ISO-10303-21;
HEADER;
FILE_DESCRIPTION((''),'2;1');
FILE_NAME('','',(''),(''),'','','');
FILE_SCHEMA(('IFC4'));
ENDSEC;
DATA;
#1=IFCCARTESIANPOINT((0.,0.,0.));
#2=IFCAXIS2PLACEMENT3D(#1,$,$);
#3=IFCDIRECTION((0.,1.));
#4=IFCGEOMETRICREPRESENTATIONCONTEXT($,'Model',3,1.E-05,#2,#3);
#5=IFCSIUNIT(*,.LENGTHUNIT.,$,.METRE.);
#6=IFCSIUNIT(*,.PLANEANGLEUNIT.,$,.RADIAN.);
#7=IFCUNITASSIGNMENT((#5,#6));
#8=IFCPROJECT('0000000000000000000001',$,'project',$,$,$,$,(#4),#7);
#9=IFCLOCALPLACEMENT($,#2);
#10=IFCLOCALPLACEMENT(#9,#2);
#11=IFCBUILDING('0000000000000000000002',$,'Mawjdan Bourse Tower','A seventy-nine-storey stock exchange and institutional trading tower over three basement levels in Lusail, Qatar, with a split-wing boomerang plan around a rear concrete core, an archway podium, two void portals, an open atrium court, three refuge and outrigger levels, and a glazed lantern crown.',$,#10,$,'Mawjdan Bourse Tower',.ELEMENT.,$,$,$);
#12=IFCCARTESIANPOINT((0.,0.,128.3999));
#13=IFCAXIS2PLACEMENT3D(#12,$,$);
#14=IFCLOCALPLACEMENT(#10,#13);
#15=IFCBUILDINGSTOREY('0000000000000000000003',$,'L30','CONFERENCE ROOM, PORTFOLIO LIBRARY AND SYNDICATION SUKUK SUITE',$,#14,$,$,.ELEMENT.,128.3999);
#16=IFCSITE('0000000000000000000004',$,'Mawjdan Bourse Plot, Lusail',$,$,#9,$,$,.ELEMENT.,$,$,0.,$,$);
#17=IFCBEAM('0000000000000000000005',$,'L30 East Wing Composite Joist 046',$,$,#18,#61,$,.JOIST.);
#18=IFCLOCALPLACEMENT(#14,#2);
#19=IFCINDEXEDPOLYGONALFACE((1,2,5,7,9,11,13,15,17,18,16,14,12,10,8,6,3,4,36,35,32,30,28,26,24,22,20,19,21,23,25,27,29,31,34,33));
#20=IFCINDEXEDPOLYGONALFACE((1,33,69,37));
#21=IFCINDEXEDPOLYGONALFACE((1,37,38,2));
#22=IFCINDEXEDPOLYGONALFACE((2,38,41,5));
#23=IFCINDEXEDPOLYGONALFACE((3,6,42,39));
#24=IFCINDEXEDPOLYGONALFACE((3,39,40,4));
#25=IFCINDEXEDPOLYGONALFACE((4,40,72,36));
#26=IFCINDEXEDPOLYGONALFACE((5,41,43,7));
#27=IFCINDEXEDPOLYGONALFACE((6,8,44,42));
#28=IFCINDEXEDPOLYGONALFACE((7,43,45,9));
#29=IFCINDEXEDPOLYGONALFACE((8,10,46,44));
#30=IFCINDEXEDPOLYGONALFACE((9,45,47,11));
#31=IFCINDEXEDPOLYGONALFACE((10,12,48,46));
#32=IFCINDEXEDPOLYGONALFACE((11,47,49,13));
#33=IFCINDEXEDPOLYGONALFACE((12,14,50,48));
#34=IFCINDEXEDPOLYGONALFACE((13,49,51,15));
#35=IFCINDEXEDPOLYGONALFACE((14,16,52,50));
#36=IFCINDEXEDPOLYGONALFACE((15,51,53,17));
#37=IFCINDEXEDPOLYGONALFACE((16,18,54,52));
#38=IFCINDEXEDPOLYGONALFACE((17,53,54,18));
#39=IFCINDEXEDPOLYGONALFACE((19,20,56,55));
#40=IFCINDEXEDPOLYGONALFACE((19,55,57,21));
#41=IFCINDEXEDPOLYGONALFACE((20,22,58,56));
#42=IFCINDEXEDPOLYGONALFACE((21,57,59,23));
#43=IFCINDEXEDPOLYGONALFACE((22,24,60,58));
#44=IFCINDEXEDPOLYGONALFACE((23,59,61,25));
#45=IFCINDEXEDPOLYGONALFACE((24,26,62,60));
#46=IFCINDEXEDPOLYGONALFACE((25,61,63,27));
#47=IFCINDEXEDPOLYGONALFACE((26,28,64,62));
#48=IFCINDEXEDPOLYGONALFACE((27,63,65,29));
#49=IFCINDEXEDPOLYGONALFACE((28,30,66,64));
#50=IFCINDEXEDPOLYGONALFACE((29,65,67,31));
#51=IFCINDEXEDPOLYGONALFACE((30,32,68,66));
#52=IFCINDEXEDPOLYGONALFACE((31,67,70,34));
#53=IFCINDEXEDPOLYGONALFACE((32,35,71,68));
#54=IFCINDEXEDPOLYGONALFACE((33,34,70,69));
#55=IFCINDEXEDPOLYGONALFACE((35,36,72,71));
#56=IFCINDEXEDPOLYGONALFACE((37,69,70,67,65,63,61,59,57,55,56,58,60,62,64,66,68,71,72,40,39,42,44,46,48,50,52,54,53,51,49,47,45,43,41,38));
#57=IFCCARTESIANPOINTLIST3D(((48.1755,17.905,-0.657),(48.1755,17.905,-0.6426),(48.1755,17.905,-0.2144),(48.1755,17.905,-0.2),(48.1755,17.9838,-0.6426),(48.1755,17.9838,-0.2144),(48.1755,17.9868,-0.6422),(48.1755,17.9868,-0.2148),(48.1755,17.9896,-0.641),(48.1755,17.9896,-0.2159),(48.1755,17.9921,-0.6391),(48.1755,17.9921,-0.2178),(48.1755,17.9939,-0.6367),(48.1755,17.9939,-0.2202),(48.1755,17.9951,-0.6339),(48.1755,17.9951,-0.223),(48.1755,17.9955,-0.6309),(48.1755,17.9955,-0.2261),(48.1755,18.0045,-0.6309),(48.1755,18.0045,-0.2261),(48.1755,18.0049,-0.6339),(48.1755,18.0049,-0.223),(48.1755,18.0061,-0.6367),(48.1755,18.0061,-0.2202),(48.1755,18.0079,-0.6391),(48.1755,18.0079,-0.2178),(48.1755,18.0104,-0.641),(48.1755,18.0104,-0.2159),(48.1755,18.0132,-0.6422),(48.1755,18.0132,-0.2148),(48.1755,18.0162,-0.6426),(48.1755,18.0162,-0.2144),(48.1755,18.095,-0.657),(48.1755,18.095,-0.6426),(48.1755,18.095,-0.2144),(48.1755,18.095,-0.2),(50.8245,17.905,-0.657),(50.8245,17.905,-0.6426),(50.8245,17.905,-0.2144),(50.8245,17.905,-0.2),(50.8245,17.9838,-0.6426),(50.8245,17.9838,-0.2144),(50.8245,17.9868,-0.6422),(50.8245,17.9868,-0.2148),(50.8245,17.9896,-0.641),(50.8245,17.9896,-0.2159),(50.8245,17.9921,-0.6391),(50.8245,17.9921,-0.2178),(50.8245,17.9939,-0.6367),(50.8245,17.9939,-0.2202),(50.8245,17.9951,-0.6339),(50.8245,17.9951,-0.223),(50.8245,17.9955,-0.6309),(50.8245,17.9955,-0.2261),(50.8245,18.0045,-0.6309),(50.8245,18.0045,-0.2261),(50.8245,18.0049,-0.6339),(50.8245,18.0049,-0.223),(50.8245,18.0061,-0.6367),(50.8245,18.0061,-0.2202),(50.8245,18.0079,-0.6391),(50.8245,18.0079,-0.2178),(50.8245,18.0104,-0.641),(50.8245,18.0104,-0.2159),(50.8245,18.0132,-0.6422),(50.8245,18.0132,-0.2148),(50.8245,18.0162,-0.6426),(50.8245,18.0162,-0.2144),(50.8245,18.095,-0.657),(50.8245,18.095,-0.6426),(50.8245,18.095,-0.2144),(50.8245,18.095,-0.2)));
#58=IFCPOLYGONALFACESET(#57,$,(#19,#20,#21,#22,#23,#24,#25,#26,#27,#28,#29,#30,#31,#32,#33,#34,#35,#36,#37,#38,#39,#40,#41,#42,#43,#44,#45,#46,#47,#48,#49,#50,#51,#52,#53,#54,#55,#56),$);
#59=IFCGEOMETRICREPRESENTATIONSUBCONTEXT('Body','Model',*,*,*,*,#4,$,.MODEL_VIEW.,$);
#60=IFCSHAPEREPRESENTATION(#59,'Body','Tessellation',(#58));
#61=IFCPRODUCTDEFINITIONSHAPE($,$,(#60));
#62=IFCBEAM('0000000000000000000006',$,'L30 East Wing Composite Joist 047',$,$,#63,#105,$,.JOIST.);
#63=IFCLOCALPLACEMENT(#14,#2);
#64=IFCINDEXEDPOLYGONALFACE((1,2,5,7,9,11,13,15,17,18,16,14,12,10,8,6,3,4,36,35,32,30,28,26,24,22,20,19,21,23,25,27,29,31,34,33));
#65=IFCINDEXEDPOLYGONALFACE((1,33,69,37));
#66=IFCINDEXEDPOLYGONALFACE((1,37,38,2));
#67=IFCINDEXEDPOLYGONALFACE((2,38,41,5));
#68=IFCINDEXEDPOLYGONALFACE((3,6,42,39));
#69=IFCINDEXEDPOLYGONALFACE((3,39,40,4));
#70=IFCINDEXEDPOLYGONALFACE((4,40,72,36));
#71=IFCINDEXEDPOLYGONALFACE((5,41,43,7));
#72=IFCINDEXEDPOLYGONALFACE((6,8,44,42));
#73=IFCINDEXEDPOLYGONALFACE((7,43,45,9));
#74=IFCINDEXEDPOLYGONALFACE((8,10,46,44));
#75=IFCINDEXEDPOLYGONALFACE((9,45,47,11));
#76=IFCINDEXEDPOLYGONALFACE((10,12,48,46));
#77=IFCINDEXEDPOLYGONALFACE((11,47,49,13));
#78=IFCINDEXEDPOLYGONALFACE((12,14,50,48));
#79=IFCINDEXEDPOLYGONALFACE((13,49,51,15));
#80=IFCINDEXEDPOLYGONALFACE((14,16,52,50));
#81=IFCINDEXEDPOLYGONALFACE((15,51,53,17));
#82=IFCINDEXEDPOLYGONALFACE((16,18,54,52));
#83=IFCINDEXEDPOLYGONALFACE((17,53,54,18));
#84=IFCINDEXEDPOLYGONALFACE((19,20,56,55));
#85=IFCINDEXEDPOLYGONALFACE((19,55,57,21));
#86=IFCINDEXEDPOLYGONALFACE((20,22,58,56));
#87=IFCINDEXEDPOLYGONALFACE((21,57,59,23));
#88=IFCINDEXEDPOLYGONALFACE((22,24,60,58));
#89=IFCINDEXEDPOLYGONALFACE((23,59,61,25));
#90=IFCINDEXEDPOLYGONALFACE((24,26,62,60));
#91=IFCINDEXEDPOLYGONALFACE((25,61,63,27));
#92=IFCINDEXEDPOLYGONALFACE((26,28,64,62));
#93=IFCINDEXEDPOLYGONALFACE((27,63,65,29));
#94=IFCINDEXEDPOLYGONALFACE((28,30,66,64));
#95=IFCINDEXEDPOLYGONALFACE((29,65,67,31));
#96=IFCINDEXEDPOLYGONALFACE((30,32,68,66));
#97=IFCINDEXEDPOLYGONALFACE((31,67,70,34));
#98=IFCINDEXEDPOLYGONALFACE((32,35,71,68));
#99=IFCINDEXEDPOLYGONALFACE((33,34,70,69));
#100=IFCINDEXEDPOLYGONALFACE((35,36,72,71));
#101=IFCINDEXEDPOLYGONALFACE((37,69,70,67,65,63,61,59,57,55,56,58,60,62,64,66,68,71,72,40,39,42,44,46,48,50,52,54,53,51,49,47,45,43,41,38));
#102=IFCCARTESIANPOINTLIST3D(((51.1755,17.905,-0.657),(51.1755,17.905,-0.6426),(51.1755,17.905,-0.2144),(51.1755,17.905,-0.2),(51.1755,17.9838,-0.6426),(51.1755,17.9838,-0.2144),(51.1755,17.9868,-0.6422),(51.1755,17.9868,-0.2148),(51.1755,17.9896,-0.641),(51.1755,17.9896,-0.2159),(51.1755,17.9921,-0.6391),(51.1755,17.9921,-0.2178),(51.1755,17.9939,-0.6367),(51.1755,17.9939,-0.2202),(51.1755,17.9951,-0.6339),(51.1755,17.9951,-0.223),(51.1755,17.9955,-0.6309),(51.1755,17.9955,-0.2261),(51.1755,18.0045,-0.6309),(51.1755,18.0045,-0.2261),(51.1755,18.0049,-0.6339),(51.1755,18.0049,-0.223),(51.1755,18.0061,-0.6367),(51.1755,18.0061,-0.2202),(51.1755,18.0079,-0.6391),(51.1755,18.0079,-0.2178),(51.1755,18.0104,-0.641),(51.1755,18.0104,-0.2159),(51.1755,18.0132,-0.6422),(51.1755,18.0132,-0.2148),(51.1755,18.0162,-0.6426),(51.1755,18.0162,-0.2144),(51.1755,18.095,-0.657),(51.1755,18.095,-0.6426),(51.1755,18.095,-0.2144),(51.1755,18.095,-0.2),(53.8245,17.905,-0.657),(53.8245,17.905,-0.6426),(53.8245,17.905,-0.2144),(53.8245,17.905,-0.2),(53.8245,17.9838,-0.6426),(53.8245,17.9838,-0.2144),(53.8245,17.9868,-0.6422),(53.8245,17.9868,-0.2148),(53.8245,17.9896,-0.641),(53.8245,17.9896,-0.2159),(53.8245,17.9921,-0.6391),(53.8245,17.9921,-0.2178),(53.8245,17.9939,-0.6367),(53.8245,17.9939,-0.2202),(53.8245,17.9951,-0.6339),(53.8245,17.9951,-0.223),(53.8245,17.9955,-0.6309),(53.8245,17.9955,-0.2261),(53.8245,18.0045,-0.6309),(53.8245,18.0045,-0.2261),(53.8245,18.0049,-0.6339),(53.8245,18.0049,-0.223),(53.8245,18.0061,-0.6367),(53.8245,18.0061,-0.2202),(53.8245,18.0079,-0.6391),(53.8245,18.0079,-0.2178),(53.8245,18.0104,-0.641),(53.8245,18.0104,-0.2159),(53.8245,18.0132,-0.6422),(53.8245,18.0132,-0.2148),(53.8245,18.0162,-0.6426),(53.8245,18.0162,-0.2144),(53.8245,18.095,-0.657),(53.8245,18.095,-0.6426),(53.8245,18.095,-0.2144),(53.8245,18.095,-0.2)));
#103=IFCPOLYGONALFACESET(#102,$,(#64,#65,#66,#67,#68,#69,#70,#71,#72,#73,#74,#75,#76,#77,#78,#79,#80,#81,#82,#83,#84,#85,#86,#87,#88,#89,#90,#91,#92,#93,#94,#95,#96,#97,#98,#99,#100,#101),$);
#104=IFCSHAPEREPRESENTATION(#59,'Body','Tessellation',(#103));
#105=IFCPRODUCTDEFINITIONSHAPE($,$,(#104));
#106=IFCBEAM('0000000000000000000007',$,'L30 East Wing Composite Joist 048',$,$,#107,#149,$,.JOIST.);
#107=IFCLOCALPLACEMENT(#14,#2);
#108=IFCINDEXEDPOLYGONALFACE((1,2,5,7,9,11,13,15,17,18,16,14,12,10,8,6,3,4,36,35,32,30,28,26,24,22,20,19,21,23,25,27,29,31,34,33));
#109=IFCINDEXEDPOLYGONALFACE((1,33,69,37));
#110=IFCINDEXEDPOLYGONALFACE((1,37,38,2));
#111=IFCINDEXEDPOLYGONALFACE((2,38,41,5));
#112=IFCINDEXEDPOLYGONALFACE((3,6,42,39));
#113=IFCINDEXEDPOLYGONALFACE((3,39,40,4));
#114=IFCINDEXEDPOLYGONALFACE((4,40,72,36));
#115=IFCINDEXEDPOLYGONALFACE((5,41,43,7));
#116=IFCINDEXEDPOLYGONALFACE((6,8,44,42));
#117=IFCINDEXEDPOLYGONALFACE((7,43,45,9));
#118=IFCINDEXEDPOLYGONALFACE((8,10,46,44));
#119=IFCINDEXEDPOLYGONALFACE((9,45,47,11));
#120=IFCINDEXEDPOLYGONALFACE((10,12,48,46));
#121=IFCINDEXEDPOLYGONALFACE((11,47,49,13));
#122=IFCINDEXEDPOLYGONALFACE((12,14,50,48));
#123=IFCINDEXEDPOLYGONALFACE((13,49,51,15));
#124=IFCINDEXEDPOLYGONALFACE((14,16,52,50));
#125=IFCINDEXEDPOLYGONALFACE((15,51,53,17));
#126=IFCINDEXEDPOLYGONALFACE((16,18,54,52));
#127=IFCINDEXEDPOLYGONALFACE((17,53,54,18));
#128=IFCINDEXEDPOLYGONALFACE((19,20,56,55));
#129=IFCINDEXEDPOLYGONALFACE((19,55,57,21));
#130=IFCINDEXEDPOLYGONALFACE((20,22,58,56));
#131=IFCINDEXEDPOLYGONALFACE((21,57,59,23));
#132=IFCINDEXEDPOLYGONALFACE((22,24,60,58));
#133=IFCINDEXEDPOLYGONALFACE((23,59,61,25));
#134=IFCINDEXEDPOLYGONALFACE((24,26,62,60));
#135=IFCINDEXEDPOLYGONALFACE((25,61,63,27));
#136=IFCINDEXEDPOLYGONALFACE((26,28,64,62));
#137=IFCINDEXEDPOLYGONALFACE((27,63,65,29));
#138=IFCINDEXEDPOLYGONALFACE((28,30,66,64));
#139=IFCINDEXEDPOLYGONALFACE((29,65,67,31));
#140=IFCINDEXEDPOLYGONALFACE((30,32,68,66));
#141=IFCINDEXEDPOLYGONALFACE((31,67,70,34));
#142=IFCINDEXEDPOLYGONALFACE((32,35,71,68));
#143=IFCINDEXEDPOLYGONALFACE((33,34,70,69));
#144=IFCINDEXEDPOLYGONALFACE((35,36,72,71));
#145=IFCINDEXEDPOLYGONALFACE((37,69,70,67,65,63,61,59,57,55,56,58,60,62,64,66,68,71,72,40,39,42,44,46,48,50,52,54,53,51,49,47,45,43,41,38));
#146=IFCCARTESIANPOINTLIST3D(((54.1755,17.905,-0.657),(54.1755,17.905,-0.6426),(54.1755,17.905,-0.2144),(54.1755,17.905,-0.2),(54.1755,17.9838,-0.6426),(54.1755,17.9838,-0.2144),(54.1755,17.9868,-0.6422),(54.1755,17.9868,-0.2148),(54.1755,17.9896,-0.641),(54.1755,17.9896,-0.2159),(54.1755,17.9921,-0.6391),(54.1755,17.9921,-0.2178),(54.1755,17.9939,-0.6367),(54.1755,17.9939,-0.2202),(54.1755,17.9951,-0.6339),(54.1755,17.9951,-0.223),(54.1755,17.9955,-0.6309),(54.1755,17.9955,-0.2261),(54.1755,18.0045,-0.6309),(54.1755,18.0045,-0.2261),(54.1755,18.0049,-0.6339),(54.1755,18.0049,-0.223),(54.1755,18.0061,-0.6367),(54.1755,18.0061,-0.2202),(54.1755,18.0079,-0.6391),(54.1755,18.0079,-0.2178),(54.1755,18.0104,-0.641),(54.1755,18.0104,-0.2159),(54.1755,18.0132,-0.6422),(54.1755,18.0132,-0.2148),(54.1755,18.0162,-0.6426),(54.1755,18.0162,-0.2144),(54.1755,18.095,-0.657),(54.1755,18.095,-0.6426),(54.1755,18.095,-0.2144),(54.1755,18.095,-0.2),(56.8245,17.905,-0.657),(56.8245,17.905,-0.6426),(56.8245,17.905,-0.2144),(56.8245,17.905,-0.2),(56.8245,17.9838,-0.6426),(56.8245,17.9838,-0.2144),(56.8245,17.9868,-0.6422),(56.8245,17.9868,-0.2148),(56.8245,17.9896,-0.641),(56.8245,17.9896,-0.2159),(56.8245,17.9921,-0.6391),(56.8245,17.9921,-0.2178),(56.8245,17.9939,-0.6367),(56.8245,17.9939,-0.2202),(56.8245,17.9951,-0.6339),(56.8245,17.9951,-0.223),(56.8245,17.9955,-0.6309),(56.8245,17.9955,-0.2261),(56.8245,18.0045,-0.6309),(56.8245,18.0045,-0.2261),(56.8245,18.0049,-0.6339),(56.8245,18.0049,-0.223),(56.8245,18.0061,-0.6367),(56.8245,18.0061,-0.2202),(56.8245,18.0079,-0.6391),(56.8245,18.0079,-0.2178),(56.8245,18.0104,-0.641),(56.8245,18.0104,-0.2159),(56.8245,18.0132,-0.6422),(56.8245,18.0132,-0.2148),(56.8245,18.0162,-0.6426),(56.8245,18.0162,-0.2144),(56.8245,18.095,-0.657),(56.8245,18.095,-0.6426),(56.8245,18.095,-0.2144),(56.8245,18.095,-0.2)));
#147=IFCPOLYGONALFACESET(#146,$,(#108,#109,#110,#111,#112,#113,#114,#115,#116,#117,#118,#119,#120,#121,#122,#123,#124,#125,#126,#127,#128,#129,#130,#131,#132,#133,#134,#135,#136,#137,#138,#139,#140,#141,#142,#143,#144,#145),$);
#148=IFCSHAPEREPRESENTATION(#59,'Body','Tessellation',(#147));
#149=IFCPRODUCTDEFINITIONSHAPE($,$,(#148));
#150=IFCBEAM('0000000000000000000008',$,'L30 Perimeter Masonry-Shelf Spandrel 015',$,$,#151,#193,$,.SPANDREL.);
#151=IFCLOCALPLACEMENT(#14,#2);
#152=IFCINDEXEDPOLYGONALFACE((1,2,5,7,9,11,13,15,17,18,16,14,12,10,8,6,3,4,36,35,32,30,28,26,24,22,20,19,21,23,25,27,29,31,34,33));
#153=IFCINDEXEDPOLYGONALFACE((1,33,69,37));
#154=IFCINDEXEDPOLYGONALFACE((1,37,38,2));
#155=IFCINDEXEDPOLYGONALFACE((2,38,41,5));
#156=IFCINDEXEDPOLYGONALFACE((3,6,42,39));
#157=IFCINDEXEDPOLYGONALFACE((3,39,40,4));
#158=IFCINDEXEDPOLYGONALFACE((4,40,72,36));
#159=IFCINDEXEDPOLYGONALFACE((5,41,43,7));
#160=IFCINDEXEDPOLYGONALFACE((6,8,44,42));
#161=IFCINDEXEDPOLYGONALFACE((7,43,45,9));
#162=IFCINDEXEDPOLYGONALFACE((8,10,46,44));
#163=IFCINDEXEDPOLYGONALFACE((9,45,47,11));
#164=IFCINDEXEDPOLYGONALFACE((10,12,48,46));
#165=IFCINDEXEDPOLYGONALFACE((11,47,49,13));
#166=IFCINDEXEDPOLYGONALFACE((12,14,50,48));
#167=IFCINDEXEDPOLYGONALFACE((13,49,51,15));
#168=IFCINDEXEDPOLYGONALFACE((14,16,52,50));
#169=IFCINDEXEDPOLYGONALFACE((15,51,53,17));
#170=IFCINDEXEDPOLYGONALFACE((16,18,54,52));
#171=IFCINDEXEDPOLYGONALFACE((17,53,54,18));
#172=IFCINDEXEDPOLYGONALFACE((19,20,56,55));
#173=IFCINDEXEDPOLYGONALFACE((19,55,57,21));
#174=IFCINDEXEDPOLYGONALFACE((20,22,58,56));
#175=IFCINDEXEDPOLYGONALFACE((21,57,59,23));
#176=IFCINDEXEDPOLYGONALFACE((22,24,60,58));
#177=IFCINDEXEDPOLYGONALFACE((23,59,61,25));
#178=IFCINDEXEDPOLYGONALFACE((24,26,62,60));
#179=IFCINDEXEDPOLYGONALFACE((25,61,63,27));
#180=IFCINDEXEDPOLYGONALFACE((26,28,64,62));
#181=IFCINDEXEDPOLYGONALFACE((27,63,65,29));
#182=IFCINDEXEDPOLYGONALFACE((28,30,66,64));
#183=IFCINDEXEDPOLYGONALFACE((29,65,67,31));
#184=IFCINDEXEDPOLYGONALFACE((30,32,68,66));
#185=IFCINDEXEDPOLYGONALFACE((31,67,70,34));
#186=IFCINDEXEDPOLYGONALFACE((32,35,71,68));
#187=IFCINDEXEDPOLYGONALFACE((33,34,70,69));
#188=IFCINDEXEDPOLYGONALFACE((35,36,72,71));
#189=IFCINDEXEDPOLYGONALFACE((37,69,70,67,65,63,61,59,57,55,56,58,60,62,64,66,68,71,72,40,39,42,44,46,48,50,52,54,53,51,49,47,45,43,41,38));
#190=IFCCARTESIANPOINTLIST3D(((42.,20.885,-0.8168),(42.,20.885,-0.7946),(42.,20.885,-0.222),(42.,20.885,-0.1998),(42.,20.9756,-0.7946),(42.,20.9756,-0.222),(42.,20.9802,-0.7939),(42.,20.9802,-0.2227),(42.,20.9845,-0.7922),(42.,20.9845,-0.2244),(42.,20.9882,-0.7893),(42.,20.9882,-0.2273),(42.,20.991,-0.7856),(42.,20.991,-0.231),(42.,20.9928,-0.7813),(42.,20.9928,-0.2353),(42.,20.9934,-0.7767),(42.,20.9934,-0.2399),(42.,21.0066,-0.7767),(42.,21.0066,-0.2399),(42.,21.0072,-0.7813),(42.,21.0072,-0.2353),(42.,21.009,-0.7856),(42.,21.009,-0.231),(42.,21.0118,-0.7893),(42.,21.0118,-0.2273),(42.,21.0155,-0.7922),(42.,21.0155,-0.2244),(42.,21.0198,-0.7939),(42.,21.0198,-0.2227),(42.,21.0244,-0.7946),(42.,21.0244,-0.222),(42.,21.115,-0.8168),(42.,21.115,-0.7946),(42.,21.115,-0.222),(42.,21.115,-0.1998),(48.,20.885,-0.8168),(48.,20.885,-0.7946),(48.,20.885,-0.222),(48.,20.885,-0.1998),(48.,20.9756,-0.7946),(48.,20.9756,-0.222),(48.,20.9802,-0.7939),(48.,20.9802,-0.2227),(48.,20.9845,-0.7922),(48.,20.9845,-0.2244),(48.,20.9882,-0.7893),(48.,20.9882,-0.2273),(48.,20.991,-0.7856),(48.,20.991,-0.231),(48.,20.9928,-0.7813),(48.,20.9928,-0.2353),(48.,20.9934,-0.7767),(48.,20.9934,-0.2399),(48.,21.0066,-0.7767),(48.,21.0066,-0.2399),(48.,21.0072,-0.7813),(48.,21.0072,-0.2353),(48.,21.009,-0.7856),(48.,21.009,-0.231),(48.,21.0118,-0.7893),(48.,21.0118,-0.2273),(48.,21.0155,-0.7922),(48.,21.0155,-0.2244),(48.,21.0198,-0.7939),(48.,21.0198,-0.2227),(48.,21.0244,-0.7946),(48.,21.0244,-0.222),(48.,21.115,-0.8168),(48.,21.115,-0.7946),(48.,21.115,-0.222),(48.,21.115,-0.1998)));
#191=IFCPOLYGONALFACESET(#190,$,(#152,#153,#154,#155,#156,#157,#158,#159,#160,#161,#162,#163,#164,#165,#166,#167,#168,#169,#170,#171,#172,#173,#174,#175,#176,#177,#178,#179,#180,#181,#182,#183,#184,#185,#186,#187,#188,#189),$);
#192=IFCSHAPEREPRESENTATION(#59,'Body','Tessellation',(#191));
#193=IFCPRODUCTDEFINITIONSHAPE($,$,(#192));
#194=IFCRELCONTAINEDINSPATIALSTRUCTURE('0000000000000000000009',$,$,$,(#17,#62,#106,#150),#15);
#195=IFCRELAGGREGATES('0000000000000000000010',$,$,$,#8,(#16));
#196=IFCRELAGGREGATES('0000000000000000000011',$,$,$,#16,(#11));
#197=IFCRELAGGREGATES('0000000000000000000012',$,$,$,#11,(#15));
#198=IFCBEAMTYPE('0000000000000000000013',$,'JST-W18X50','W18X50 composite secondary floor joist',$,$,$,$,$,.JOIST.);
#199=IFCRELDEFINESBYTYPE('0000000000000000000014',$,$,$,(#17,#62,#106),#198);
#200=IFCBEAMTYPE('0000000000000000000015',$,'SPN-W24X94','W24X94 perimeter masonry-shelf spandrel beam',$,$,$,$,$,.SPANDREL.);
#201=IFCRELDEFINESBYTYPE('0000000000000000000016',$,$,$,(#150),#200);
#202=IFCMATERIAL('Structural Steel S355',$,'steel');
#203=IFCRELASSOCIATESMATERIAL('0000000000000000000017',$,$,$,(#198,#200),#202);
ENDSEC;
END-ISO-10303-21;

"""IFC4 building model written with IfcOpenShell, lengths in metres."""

from ifc_helpers import new_model, si_unit, direction, frame, origin, origin_2d, place, context, subcontext, project, spatial, i_section, extrude, material, material_profile, profile_set, type_object, element, save


model = new_model("IFC4")

# Units and contexts
model_context = context("Model", 3, precision=1e-05, world=origin(), true_north=direction((0.0, 1.0)))
body_context = subcontext(model_context, "Body", "Model", "MODEL_VIEW")
ifc_project = project(units=[si_unit("LENGTHUNIT", "METRE"), si_unit("PLANEANGLEUNIT", "RADIAN")], contexts=[model_context])

# Site, building, storey
site_placement = place(None, origin())
site = spatial("IfcSite", under=ifc_project, at=site_placement, Name="Mawjdan Bourse Plot, Lusail", CompositionType="ELEMENT", RefElevation=0.0)
building_placement = place(site_placement, origin())
building = spatial("IfcBuilding", under=site, at=building_placement, Name="Mawjdan Bourse Tower", Description="A seventy-nine-storey stock exchange and institutional trading tower over three basement levels in Lusail, Qatar, with a split-wing boomerang plan around a rear concrete core, an archway podium, two void portals, an open atrium court, three refuge and outrigger levels, and a glazed lantern crown.", LongName="Mawjdan Bourse Tower", CompositionType="ELEMENT")
storey_placement = place(building_placement, frame((0.0, 0.0, 128.3999)))
storey = spatial("IfcBuildingStorey", under=building, at=storey_placement, Name="L30", Description="CONFERENCE ROOM, PORTFOLIO LIBRARY AND SYNDICATION SUKUK SUITE", CompositionType="ELEMENT", Elevation=128.3999)

# Beams
ifc_material_1 = material(Name="Structural Steel S355", Category="steel")
ifc_material_profile_1 = material_profile(ifc_material_1, i_section(OverallWidth=0.1899, OverallDepth=0.457, WebThickness=0.009, FlangeThickness=0.0144, FilletRadius=0.0117, at=origin_2d()), Name="W18X50")
ifc_profile_set_1 = profile_set([ifc_material_profile_1], Name="Structural Steel S355")
beam_type_1 = type_object("IfcBeamType", Name="JST-W18X50", Description="W18X50 composite secondary floor joist", PredefinedType="JOIST", material=ifc_profile_set_1)
for number, where, z_axis, x_axis, name in (
    (1, (48.1755, 18.0, -0.4285), (1.0, 0.0, 0.0), (0.0, 1.0, 0.0), "L30 East Wing Composite Joist 046"),
    (2, (51.1755, 18.0, -0.4285), (1.0, 0.0, 0.0), (0.0, 1.0, 0.0), "L30 East Wing Composite Joist 047"),
    (3, (54.1755, 18.0, -0.4285), (1.0, 0.0, 0.0), (0.0, 1.0, 0.0), "L30 East Wing Composite Joist 048"),
):
    element("IfcBeam", number, at=place(storey_placement, frame(where, z_axis=z_axis, x_axis=x_axis)), inside=storey, type_object=beam_type_1, Name=name, PredefinedType="JOIST", context=body_context, shape_type="SweptSolid", body=[
        extrude(i_section(OverallWidth=0.1899, OverallDepth=0.457, WebThickness=0.009, FlangeThickness=0.0144, FilletRadius=0.0117, at=origin_2d()), origin(), (0.0, 0.0, 1.0), 2.6489),
    ])
ifc_material_profile_2 = material_profile(ifc_material_1, i_section(OverallWidth=0.23, OverallDepth=0.6169, WebThickness=0.0132, FlangeThickness=0.0222, FilletRadius=0.0178, at=origin_2d()), Name="W24X94")
ifc_profile_set_2 = profile_set([ifc_material_profile_2], Name="Structural Steel S355")
beam_type_2 = type_object("IfcBeamType", Name="SPN-W24X94", Description="W24X94 perimeter masonry-shelf spandrel beam", PredefinedType="SPANDREL", material=ifc_profile_set_2)
beam_1_placement = place(storey_placement, frame((42.0, 21.0, -0.5083), z_axis=(1.0, 0.0, 0.0), x_axis=(0.0, 1.0, 0.0)))
element("IfcBeam", 4, at=beam_1_placement, inside=storey, type_object=beam_type_2, Name="L30 Perimeter Masonry-Shelf Spandrel 015", PredefinedType="SPANDREL", context=body_context, shape_type="SweptSolid", body=[
    extrude(i_section(OverallWidth=0.23, OverallDepth=0.6169, WebThickness=0.0132, FlangeThickness=0.0222, FilletRadius=0.0178, at=origin_2d()), origin(), (0.0, 0.0, 1.0), 6.0),
])

save(model, "model.ifc")
